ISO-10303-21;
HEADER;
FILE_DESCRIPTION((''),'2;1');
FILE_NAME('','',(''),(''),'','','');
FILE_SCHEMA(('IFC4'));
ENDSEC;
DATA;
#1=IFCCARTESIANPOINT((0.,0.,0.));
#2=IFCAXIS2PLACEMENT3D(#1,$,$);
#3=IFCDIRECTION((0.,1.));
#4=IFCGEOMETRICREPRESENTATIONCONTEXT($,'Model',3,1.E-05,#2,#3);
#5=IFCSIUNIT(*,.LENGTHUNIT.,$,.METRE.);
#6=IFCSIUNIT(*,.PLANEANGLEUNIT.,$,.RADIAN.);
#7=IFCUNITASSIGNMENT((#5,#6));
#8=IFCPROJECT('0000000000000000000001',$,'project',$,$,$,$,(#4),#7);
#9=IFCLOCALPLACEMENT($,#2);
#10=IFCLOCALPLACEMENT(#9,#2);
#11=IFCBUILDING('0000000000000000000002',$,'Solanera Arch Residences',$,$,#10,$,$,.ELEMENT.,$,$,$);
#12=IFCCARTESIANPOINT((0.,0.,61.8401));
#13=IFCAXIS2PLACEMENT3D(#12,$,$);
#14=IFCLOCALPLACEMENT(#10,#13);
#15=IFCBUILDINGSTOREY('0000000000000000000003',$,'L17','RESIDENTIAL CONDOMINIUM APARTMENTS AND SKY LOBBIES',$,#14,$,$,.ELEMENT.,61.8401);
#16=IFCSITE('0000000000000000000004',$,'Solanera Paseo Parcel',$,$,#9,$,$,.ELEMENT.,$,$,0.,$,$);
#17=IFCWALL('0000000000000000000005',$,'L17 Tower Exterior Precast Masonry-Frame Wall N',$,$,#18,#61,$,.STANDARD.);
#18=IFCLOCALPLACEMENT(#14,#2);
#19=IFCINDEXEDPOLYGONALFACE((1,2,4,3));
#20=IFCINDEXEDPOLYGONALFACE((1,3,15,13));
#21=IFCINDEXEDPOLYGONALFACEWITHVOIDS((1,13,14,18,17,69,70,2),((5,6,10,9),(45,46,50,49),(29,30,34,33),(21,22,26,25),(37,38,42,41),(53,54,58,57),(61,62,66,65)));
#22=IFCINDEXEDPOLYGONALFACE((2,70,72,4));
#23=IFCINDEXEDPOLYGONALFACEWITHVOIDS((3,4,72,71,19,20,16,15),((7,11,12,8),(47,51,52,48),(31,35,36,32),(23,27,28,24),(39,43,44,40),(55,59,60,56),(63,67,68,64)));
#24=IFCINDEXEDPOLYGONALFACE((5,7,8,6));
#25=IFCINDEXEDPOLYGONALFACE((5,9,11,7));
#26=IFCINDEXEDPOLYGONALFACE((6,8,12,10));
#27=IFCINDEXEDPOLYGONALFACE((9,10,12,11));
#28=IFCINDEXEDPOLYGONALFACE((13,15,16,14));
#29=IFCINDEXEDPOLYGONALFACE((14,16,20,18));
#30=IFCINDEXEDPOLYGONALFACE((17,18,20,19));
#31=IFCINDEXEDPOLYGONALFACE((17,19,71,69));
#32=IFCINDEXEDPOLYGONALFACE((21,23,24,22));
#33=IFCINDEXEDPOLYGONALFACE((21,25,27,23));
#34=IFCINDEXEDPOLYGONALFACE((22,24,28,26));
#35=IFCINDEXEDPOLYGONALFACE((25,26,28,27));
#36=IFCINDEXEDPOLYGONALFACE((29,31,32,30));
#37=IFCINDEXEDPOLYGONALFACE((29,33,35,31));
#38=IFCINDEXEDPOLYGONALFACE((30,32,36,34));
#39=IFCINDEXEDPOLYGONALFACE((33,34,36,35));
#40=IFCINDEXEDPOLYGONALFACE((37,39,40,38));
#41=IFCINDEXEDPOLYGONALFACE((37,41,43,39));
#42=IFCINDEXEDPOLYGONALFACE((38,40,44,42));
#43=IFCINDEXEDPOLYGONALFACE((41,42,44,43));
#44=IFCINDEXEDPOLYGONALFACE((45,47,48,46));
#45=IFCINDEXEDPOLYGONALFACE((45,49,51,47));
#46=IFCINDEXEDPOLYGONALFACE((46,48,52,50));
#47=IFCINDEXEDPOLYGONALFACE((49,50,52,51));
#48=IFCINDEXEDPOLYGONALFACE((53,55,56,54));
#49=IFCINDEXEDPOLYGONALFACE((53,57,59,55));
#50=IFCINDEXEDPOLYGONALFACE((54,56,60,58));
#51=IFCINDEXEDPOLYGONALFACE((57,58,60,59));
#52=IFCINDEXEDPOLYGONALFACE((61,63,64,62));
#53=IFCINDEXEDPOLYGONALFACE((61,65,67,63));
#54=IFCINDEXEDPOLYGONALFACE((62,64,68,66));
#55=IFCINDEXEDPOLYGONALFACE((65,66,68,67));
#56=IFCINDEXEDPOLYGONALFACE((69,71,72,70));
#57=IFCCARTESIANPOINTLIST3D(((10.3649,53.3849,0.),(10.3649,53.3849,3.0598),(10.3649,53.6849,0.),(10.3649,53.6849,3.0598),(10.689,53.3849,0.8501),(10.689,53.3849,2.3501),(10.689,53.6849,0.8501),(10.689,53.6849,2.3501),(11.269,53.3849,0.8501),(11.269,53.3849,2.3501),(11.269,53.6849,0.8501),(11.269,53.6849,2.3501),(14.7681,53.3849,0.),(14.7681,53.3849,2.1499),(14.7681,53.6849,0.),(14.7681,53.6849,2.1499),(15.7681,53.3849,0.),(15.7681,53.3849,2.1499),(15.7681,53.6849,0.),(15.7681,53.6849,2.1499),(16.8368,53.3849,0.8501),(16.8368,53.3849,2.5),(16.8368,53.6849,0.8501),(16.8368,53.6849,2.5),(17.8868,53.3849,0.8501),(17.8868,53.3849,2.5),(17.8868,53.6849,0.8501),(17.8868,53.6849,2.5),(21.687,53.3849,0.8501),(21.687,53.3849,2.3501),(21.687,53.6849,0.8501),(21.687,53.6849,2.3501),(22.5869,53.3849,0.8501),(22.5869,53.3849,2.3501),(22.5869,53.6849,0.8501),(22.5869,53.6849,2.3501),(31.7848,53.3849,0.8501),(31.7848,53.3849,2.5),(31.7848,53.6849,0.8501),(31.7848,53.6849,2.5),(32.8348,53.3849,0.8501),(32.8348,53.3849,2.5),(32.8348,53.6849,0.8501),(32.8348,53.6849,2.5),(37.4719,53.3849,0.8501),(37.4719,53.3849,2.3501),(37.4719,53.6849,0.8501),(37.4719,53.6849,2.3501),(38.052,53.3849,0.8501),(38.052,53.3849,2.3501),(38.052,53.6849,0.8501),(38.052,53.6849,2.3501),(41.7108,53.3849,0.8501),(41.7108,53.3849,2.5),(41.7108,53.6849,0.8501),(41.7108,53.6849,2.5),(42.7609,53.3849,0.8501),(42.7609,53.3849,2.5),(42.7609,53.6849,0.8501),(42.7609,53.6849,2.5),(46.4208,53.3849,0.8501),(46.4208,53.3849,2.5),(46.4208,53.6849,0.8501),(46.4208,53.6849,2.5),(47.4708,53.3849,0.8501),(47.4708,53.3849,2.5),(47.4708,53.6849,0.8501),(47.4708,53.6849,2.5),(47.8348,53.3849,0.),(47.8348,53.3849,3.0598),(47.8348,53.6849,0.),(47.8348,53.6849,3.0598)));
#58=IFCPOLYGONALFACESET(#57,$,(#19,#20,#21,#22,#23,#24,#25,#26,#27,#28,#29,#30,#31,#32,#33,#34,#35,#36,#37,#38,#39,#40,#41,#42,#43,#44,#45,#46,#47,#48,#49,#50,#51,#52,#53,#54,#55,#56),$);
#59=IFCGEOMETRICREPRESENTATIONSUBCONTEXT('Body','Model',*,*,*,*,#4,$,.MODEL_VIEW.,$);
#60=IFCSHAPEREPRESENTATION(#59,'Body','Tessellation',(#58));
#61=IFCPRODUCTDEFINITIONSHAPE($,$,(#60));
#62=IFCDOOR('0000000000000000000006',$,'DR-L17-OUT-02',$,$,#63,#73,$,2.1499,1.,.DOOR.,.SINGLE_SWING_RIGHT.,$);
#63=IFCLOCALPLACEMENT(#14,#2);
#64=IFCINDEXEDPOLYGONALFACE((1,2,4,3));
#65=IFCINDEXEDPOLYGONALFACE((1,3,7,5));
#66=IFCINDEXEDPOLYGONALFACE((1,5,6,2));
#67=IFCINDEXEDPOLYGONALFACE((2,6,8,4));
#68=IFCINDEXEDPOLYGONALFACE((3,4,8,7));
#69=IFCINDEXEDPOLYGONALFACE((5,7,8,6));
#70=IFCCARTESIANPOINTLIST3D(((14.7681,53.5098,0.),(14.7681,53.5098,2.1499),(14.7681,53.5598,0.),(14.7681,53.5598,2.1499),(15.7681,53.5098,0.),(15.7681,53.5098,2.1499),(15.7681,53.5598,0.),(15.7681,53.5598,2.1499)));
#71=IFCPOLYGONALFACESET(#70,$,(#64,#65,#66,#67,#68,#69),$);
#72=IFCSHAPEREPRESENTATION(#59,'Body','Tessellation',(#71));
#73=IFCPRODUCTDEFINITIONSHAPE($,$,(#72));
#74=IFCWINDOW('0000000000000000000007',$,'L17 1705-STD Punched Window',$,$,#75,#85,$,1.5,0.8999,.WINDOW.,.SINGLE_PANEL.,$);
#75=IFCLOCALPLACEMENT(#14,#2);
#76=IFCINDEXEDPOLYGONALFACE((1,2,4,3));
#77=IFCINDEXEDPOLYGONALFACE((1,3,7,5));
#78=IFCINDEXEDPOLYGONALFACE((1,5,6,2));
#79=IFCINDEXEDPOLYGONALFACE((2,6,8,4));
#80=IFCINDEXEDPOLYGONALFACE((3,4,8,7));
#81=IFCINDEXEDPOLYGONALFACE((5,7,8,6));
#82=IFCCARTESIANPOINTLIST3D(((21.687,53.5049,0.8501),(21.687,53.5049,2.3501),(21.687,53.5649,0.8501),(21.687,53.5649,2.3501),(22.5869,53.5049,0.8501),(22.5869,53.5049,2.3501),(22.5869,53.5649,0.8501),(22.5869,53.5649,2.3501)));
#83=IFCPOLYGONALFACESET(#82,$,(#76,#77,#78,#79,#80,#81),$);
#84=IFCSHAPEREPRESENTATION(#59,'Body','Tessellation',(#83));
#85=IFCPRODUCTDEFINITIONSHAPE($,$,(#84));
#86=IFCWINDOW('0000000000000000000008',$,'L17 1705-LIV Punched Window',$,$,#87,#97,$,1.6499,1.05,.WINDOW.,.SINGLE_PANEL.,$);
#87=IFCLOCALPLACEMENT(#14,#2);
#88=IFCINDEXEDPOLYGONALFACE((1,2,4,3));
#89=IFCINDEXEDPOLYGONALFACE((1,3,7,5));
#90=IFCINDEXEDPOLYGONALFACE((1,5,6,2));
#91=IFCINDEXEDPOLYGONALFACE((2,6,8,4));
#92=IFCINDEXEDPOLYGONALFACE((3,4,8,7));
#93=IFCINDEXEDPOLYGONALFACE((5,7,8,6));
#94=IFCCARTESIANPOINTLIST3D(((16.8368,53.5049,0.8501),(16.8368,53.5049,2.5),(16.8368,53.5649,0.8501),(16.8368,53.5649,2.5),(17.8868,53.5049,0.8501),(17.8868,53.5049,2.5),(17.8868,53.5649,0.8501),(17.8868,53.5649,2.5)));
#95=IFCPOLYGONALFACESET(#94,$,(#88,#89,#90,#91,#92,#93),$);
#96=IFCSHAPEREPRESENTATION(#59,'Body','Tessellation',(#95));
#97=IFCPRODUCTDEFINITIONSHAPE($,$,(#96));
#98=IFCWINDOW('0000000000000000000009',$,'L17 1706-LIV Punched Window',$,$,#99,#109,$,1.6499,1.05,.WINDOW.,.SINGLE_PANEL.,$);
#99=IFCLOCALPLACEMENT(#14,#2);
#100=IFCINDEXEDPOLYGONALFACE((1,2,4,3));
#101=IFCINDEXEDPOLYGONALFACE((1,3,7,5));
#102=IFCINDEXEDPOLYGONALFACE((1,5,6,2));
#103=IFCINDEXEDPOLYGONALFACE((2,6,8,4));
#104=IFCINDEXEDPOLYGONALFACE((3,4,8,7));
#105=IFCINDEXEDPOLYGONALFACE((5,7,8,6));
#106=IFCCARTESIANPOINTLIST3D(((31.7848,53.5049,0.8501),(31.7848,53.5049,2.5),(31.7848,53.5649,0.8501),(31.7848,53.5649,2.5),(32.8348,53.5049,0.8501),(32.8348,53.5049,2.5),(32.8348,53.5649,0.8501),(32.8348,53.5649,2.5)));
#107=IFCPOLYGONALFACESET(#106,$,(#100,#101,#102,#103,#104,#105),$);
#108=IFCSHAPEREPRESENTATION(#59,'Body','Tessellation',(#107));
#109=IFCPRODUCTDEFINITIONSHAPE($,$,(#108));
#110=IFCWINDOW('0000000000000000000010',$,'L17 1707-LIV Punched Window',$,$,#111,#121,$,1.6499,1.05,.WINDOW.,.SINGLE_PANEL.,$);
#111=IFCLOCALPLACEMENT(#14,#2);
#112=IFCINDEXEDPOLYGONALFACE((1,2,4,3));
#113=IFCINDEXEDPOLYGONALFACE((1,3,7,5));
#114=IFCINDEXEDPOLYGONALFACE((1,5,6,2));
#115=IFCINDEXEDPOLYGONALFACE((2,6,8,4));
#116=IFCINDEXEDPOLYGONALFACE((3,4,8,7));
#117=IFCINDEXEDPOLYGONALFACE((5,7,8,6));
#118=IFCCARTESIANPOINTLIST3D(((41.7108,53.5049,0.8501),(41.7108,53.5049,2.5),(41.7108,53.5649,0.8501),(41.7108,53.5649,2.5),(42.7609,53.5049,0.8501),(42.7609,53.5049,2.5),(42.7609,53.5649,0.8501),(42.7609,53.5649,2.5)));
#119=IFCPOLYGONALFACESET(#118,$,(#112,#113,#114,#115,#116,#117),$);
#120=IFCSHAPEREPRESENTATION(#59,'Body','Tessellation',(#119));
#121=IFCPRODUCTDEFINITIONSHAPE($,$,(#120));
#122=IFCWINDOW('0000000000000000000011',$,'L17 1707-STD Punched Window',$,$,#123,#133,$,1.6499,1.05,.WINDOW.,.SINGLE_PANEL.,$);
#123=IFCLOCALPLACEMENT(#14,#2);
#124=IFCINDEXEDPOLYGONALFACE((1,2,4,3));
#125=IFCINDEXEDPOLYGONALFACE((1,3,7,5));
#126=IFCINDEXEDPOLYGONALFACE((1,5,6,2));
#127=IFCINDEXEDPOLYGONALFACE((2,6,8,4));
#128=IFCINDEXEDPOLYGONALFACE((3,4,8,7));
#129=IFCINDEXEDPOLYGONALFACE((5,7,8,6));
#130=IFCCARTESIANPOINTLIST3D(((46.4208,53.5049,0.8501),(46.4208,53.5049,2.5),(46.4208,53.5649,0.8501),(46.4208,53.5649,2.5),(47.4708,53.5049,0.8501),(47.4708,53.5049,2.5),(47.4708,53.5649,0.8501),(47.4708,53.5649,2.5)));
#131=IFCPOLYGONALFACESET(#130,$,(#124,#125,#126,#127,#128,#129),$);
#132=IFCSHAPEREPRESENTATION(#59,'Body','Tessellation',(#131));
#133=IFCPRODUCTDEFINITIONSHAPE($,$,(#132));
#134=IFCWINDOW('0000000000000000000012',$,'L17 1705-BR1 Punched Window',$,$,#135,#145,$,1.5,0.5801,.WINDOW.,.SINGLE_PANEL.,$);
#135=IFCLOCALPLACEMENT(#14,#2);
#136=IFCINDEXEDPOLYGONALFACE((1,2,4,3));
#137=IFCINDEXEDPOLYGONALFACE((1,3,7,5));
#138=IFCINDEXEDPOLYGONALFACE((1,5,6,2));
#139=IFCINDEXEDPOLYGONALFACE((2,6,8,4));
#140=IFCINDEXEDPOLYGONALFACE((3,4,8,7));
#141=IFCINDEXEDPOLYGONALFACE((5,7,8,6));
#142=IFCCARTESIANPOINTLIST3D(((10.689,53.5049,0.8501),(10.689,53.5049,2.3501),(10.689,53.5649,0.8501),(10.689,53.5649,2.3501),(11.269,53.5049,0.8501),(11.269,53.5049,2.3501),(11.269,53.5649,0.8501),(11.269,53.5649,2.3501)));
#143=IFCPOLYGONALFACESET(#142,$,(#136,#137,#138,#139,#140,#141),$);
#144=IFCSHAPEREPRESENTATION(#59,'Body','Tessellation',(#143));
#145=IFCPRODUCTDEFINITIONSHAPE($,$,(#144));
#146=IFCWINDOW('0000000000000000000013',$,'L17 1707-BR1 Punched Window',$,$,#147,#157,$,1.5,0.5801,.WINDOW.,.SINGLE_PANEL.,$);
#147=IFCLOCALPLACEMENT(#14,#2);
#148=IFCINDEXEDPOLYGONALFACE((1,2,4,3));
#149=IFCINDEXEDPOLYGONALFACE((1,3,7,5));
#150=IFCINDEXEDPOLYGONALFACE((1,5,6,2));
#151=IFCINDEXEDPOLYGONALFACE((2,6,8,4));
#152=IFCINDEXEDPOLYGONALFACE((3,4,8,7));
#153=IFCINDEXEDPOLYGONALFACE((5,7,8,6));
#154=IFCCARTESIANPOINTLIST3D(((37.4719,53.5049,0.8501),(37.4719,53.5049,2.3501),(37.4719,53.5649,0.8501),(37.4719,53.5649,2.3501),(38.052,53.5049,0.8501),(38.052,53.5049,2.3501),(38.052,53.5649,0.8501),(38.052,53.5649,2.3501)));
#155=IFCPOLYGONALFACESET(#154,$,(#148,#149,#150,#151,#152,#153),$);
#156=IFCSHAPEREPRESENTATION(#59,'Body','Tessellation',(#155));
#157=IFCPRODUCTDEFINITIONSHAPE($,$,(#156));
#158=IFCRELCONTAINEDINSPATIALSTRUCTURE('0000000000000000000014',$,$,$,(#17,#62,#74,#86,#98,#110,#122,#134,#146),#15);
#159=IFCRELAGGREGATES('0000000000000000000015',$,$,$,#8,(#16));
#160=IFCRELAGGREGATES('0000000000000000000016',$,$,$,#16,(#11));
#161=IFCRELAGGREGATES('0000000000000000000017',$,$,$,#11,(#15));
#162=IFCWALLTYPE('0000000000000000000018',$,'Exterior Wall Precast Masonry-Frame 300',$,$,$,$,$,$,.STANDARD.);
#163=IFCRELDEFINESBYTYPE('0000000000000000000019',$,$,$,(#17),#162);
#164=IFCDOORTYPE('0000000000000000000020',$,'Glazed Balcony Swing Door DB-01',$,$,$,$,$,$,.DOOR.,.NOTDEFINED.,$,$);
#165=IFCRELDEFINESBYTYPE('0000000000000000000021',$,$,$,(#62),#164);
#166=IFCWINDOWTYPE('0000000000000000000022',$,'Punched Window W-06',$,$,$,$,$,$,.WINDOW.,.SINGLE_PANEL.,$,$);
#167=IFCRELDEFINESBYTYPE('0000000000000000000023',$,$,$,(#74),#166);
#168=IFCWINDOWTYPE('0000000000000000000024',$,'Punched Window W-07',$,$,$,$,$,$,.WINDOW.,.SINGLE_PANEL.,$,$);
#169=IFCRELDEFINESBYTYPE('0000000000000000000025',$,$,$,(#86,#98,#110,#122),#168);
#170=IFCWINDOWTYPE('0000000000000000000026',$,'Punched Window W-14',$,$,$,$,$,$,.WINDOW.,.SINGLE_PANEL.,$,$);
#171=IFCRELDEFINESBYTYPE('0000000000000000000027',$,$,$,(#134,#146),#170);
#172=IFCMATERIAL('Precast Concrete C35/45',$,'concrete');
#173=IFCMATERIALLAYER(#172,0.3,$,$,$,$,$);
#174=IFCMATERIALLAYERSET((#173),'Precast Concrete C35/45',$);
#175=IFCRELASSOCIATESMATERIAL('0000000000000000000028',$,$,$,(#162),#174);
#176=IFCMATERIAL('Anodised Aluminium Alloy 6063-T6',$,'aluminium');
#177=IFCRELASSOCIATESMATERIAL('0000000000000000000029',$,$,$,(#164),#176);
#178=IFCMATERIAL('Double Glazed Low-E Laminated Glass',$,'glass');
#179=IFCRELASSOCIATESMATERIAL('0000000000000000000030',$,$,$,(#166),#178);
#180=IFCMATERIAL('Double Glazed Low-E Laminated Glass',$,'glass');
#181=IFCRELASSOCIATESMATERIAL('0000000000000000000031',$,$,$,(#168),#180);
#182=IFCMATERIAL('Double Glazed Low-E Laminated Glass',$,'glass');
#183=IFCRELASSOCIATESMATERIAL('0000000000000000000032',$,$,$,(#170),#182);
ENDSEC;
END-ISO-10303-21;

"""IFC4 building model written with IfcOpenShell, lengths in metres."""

from ifc_helpers import new_model, si_unit, direction, frame, frame_2d, origin, place, context, subcontext, project, spatial, rectangle, extrude, material, layer, layer_set, type_object, element, fill, save


model = new_model("IFC4")

# Units and contexts
model_context = context("Model", 3, precision=1e-05, world=origin(), true_north=direction((0.0, 1.0)))
body_context = subcontext(model_context, "Body", "Model", "MODEL_VIEW")
ifc_project = project(units=[si_unit("LENGTHUNIT", "METRE"), si_unit("PLANEANGLEUNIT", "RADIAN")], contexts=[model_context])

# Site, building, storey
site_placement = place(None, origin())
site = spatial("IfcSite", under=ifc_project, at=site_placement, Name="Solanera Paseo Parcel", CompositionType="ELEMENT", RefElevation=0.0)
building_placement = place(site_placement, origin())
building = spatial("IfcBuilding", under=site, at=building_placement, Name="Solanera Arch Residences", CompositionType="ELEMENT")
storey_placement = place(building_placement, frame((0.0, 0.0, 61.8401)))
storey = spatial("IfcBuildingStorey", under=building, at=storey_placement, Name="L17", Description="RESIDENTIAL CONDOMINIUM APARTMENTS AND SKY LOBBIES", CompositionType="ELEMENT", Elevation=61.8401)

# Shared definitions
ifc_material_1 = material(Name="Precast Concrete C35/45", Category="concrete")
ifc_layer_1 = layer(ifc_material_1, 0.3)
ifc_layer_set_1 = layer_set([ifc_layer_1], Name="Precast Concrete C35/45")
wall_type_1 = type_object("IfcWallType", Name="Exterior Wall Precast Masonry-Frame 300", PredefinedType="STANDARD", material=ifc_layer_set_1)

# Wall, openings, door, windows
wall_1_placement = place(storey_placement, frame((10.365, 53.5349, 0.0), z_axis=(0.0, 0.0, 1.0), x_axis=(1.0, 0.0, 0.0)))
wall_1 = element("IfcWall", 1, at=wall_1_placement, inside=storey, type_object=wall_type_1, Name="L17 Tower Exterior Precast Masonry-Frame Wall N", PredefinedType="STANDARD", context=body_context, shape_type="SweptSolid", body=[
    extrude(rectangle(XDim=37.47, YDim=0.3, at=frame_2d((18.7349, 0.0))), origin(), (0.0, 0.0, 1.0), 3.0598),
])
opening_1_placement = place(wall_1_placement, frame((4.4031, 0.0, 0.0)))
opening_1 = element("IfcOpeningElement", 2, at=opening_1_placement, cuts=wall_1, PredefinedType="OPENING", context=body_context, shape_type="SweptSolid", body=[
    extrude(rectangle(XDim=1.0, YDim=2.1499, at=frame_2d((0.5, 1.075))), frame((0.0, 0.1599, 0.0), z_axis=(0.0, -1.0, 0.0), x_axis=(1.0, 0.0, 0.0)), (0.0, 0.0, 1.0), 0.32),
])
opening_2_placement = place(wall_1_placement, frame((6.4719, 0.0, 0.8501)))
opening_2 = element("IfcOpeningElement", 3, at=opening_2_placement, cuts=wall_1, PredefinedType="OPENING", context=body_context, shape_type="SweptSolid", body=[
    extrude(rectangle(XDim=1.05, YDim=1.6499, at=frame_2d((0.5249, 0.825))), frame((0.0, 0.1599, 0.0), z_axis=(0.0, -1.0, 0.0), x_axis=(1.0, 0.0, 0.0)), (0.0, 0.0, 1.0), 0.32),
])
opening_3_placement = place(wall_1_placement, frame((0.324, 0.0, 0.8501)))
opening_3 = element("IfcOpeningElement", 4, at=opening_3_placement, cuts=wall_1, PredefinedType="OPENING", context=body_context, shape_type="SweptSolid", body=[
    extrude(rectangle(XDim=0.5801, YDim=1.5, at=frame_2d((0.29, 0.75))), frame((0.0, 0.1599, 0.0), z_axis=(0.0, -1.0, 0.0), x_axis=(1.0, 0.0, 0.0)), (0.0, 0.0, 1.0), 0.32),
])
opening_4_placement = place(wall_1_placement, frame((11.322, 0.0, 0.8501)))
opening_4 = element("IfcOpeningElement", 5, at=opening_4_placement, cuts=wall_1, PredefinedType="OPENING", context=body_context, shape_type="SweptSolid", body=[
    extrude(rectangle(XDim=0.8999, YDim=1.5, at=frame_2d((0.45, 0.75))), frame((0.0, 0.1599, 0.0), z_axis=(0.0, -1.0, 0.0), x_axis=(1.0, 0.0, 0.0)), (0.0, 0.0, 1.0), 0.32),
])
opening_5_placement = place(wall_1_placement, frame((21.4199, 0.0, 0.8501)))
opening_5 = element("IfcOpeningElement", 6, at=opening_5_placement, cuts=wall_1, PredefinedType="OPENING", context=body_context, shape_type="SweptSolid", body=[
    extrude(rectangle(XDim=1.05, YDim=1.6499, at=frame_2d((0.5249, 0.825))), frame((0.0, 0.1599, 0.0), z_axis=(0.0, -1.0, 0.0), x_axis=(1.0, 0.0, 0.0)), (0.0, 0.0, 1.0), 0.32),
])
opening_6_placement = place(wall_1_placement, frame((31.3459, 0.0, 0.8501)))
opening_6 = element("IfcOpeningElement", 7, at=opening_6_placement, cuts=wall_1, PredefinedType="OPENING", context=body_context, shape_type="SweptSolid", body=[
    extrude(rectangle(XDim=1.05, YDim=1.6499, at=frame_2d((0.5249, 0.825))), frame((0.0, 0.1599, 0.0), z_axis=(0.0, -1.0, 0.0), x_axis=(1.0, 0.0, 0.0)), (0.0, 0.0, 1.0), 0.32),
])
opening_7_placement = place(wall_1_placement, frame((27.1069, 0.0, 0.8501)))
opening_7 = element("IfcOpeningElement", 8, at=opening_7_placement, cuts=wall_1, PredefinedType="OPENING", context=body_context, shape_type="SweptSolid", body=[
    extrude(rectangle(XDim=0.5801, YDim=1.5, at=frame_2d((0.29, 0.75))), frame((0.0, 0.1599, 0.0), z_axis=(0.0, -1.0, 0.0), x_axis=(1.0, 0.0, 0.0)), (0.0, 0.0, 1.0), 0.32),
])
opening_8_placement = place(wall_1_placement, frame((36.0559, 0.0, 0.8501)))
opening_8 = element("IfcOpeningElement", 9, at=opening_8_placement, cuts=wall_1, PredefinedType="OPENING", context=body_context, shape_type="SweptSolid", body=[
    extrude(rectangle(XDim=1.05, YDim=1.6499, at=frame_2d((0.5249, 0.825))), frame((0.0, 0.1599, 0.0), z_axis=(0.0, -1.0, 0.0), x_axis=(1.0, 0.0, 0.0)), (0.0, 0.0, 1.0), 0.32),
])
ifc_material_2 = material(Name="Anodised Aluminium Alloy 6063-T6", Category="aluminium")
door_type_1 = type_object("IfcDoorType", Name="Glazed Balcony Swing Door DB-01", OperationType="NOTDEFINED", PredefinedType="DOOR", material=ifc_material_2)
door_1_placement = place(opening_1_placement, origin())
door_1 = element("IfcDoor", 10, at=door_1_placement, inside=storey, type_object=door_type_1, Name="DR-L17-OUT-02", OperationType="SINGLE_SWING_RIGHT", OverallHeight=2.1499, OverallWidth=1.0, PredefinedType="DOOR", context=body_context, shape_type="SweptSolid", body=[
    extrude(rectangle(XDim=1.0, YDim=2.1499, at=frame_2d((0.5, 1.075))), frame((0.0, 0.0249, 0.0), z_axis=(0.0, -1.0, 0.0), x_axis=(1.0, 0.0, 0.0)), (0.0, 0.0, 1.0), 0.05),
])
fill(opening_1, door_1)
ifc_material_3 = material(Name="Double Glazed Low-E Laminated Glass", Category="glass")
window_type_1 = type_object("IfcWindowType", Name="Punched Window W-06", PartitioningType="SINGLE_PANEL", PredefinedType="WINDOW", material=ifc_material_3)
window_1_placement = place(opening_4_placement, origin())
window_1 = element("IfcWindow", 11, at=window_1_placement, inside=storey, type_object=window_type_1, Name="L17 1705-STD Punched Window", OverallHeight=1.5, OverallWidth=0.8999, PartitioningType="SINGLE_PANEL", PredefinedType="WINDOW", context=body_context, shape_type="SweptSolid", body=[
    extrude(rectangle(XDim=0.8999, YDim=1.5, at=frame_2d((0.45, 0.75))), frame((0.0, 0.03, 0.0), z_axis=(0.0, -1.0, 0.0), x_axis=(1.0, 0.0, 0.0)), (0.0, 0.0, 1.0), 0.0601),
])
fill(opening_4, window_1)
ifc_material_4 = material(Name="Double Glazed Low-E Laminated Glass", Category="glass")
window_type_2 = type_object("IfcWindowType", Name="Punched Window W-07", PartitioningType="SINGLE_PANEL", PredefinedType="WINDOW", material=ifc_material_4)
window_2_placement = place(opening_2_placement, origin())
window_2 = element("IfcWindow", 12, at=window_2_placement, inside=storey, type_object=window_type_2, Name="L17 1705-LIV Punched Window", OverallHeight=1.6499, OverallWidth=1.05, PartitioningType="SINGLE_PANEL", PredefinedType="WINDOW", context=body_context, shape_type="SweptSolid", body=[
    extrude(rectangle(XDim=1.05, YDim=1.6499, at=frame_2d((0.5249, 0.825))), frame((0.0, 0.03, 0.0), z_axis=(0.0, -1.0, 0.0), x_axis=(1.0, 0.0, 0.0)), (0.0, 0.0, 1.0), 0.0601),
])
fill(opening_2, window_2)
window_3_placement = place(opening_5_placement, origin())
window_3 = element("IfcWindow", 13, at=window_3_placement, inside=storey, type_object=window_type_2, Name="L17 1706-LIV Punched Window", OverallHeight=1.6499, OverallWidth=1.05, PartitioningType="SINGLE_PANEL", PredefinedType="WINDOW", context=body_context, shape_type="SweptSolid", body=[
    extrude(rectangle(XDim=1.05, YDim=1.6499, at=frame_2d((0.5249, 0.825))), frame((0.0, 0.03, 0.0), z_axis=(0.0, -1.0, 0.0), x_axis=(1.0, 0.0, 0.0)), (0.0, 0.0, 1.0), 0.0601),
])
fill(opening_5, window_3)
window_4_placement = place(opening_6_placement, origin())
window_4 = element("IfcWindow", 14, at=window_4_placement, inside=storey, type_object=window_type_2, Name="L17 1707-LIV Punched Window", OverallHeight=1.6499, OverallWidth=1.05, PartitioningType="SINGLE_PANEL", PredefinedType="WINDOW", context=body_context, shape_type="SweptSolid", body=[
    extrude(rectangle(XDim=1.05, YDim=1.6499, at=frame_2d((0.5249, 0.825))), frame((0.0, 0.03, 0.0), z_axis=(0.0, -1.0, 0.0), x_axis=(1.0, 0.0, 0.0)), (0.0, 0.0, 1.0), 0.0601),
])
fill(opening_6, window_4)
window_5_placement = place(opening_8_placement, origin())
window_5 = element("IfcWindow", 15, at=window_5_placement, inside=storey, type_object=window_type_2, Name="L17 1707-STD Punched Window", OverallHeight=1.6499, OverallWidth=1.05, PartitioningType="SINGLE_PANEL", PredefinedType="WINDOW", context=body_context, shape_type="SweptSolid", body=[
    extrude(rectangle(XDim=1.05, YDim=1.6499, at=frame_2d((0.5249, 0.825))), frame((0.0, 0.03, 0.0), z_axis=(0.0, -1.0, 0.0), x_axis=(1.0, 0.0, 0.0)), (0.0, 0.0, 1.0), 0.0601),
])
fill(opening_8, window_5)
ifc_material_5 = material(Name="Double Glazed Low-E Laminated Glass", Category="glass")
window_type_3 = type_object("IfcWindowType", Name="Punched Window W-14", PartitioningType="SINGLE_PANEL", PredefinedType="WINDOW", material=ifc_material_5)
window_6_placement = place(opening_3_placement, origin())
window_6 = element("IfcWindow", 16, at=window_6_placement, inside=storey, type_object=window_type_3, Name="L17 1705-BR1 Punched Window", OverallHeight=1.5, OverallWidth=0.5801, PartitioningType="SINGLE_PANEL", PredefinedType="WINDOW", context=body_context, shape_type="SweptSolid", body=[
    extrude(rectangle(XDim=0.5801, YDim=1.5, at=frame_2d((0.29, 0.75))), frame((0.0, 0.03, 0.0), z_axis=(0.0, -1.0, 0.0), x_axis=(1.0, 0.0, 0.0)), (0.0, 0.0, 1.0), 0.0601),
])
fill(opening_3, window_6)
window_7_placement = place(opening_7_placement, origin())
window_7 = element("IfcWindow", 17, at=window_7_placement, inside=storey, type_object=window_type_3, Name="L17 1707-BR1 Punched Window", OverallHeight=1.5, OverallWidth=0.5801, PartitioningType="SINGLE_PANEL", PredefinedType="WINDOW", context=body_context, shape_type="SweptSolid", body=[
    extrude(rectangle(XDim=0.5801, YDim=1.5, at=frame_2d((0.29, 0.75))), frame((0.0, 0.03, 0.0), z_axis=(0.0, -1.0, 0.0), x_axis=(1.0, 0.0, 0.0)), (0.0, 0.0, 1.0), 0.0601),
])
fill(opening_7, window_7)

save(model, "model.ifc")
